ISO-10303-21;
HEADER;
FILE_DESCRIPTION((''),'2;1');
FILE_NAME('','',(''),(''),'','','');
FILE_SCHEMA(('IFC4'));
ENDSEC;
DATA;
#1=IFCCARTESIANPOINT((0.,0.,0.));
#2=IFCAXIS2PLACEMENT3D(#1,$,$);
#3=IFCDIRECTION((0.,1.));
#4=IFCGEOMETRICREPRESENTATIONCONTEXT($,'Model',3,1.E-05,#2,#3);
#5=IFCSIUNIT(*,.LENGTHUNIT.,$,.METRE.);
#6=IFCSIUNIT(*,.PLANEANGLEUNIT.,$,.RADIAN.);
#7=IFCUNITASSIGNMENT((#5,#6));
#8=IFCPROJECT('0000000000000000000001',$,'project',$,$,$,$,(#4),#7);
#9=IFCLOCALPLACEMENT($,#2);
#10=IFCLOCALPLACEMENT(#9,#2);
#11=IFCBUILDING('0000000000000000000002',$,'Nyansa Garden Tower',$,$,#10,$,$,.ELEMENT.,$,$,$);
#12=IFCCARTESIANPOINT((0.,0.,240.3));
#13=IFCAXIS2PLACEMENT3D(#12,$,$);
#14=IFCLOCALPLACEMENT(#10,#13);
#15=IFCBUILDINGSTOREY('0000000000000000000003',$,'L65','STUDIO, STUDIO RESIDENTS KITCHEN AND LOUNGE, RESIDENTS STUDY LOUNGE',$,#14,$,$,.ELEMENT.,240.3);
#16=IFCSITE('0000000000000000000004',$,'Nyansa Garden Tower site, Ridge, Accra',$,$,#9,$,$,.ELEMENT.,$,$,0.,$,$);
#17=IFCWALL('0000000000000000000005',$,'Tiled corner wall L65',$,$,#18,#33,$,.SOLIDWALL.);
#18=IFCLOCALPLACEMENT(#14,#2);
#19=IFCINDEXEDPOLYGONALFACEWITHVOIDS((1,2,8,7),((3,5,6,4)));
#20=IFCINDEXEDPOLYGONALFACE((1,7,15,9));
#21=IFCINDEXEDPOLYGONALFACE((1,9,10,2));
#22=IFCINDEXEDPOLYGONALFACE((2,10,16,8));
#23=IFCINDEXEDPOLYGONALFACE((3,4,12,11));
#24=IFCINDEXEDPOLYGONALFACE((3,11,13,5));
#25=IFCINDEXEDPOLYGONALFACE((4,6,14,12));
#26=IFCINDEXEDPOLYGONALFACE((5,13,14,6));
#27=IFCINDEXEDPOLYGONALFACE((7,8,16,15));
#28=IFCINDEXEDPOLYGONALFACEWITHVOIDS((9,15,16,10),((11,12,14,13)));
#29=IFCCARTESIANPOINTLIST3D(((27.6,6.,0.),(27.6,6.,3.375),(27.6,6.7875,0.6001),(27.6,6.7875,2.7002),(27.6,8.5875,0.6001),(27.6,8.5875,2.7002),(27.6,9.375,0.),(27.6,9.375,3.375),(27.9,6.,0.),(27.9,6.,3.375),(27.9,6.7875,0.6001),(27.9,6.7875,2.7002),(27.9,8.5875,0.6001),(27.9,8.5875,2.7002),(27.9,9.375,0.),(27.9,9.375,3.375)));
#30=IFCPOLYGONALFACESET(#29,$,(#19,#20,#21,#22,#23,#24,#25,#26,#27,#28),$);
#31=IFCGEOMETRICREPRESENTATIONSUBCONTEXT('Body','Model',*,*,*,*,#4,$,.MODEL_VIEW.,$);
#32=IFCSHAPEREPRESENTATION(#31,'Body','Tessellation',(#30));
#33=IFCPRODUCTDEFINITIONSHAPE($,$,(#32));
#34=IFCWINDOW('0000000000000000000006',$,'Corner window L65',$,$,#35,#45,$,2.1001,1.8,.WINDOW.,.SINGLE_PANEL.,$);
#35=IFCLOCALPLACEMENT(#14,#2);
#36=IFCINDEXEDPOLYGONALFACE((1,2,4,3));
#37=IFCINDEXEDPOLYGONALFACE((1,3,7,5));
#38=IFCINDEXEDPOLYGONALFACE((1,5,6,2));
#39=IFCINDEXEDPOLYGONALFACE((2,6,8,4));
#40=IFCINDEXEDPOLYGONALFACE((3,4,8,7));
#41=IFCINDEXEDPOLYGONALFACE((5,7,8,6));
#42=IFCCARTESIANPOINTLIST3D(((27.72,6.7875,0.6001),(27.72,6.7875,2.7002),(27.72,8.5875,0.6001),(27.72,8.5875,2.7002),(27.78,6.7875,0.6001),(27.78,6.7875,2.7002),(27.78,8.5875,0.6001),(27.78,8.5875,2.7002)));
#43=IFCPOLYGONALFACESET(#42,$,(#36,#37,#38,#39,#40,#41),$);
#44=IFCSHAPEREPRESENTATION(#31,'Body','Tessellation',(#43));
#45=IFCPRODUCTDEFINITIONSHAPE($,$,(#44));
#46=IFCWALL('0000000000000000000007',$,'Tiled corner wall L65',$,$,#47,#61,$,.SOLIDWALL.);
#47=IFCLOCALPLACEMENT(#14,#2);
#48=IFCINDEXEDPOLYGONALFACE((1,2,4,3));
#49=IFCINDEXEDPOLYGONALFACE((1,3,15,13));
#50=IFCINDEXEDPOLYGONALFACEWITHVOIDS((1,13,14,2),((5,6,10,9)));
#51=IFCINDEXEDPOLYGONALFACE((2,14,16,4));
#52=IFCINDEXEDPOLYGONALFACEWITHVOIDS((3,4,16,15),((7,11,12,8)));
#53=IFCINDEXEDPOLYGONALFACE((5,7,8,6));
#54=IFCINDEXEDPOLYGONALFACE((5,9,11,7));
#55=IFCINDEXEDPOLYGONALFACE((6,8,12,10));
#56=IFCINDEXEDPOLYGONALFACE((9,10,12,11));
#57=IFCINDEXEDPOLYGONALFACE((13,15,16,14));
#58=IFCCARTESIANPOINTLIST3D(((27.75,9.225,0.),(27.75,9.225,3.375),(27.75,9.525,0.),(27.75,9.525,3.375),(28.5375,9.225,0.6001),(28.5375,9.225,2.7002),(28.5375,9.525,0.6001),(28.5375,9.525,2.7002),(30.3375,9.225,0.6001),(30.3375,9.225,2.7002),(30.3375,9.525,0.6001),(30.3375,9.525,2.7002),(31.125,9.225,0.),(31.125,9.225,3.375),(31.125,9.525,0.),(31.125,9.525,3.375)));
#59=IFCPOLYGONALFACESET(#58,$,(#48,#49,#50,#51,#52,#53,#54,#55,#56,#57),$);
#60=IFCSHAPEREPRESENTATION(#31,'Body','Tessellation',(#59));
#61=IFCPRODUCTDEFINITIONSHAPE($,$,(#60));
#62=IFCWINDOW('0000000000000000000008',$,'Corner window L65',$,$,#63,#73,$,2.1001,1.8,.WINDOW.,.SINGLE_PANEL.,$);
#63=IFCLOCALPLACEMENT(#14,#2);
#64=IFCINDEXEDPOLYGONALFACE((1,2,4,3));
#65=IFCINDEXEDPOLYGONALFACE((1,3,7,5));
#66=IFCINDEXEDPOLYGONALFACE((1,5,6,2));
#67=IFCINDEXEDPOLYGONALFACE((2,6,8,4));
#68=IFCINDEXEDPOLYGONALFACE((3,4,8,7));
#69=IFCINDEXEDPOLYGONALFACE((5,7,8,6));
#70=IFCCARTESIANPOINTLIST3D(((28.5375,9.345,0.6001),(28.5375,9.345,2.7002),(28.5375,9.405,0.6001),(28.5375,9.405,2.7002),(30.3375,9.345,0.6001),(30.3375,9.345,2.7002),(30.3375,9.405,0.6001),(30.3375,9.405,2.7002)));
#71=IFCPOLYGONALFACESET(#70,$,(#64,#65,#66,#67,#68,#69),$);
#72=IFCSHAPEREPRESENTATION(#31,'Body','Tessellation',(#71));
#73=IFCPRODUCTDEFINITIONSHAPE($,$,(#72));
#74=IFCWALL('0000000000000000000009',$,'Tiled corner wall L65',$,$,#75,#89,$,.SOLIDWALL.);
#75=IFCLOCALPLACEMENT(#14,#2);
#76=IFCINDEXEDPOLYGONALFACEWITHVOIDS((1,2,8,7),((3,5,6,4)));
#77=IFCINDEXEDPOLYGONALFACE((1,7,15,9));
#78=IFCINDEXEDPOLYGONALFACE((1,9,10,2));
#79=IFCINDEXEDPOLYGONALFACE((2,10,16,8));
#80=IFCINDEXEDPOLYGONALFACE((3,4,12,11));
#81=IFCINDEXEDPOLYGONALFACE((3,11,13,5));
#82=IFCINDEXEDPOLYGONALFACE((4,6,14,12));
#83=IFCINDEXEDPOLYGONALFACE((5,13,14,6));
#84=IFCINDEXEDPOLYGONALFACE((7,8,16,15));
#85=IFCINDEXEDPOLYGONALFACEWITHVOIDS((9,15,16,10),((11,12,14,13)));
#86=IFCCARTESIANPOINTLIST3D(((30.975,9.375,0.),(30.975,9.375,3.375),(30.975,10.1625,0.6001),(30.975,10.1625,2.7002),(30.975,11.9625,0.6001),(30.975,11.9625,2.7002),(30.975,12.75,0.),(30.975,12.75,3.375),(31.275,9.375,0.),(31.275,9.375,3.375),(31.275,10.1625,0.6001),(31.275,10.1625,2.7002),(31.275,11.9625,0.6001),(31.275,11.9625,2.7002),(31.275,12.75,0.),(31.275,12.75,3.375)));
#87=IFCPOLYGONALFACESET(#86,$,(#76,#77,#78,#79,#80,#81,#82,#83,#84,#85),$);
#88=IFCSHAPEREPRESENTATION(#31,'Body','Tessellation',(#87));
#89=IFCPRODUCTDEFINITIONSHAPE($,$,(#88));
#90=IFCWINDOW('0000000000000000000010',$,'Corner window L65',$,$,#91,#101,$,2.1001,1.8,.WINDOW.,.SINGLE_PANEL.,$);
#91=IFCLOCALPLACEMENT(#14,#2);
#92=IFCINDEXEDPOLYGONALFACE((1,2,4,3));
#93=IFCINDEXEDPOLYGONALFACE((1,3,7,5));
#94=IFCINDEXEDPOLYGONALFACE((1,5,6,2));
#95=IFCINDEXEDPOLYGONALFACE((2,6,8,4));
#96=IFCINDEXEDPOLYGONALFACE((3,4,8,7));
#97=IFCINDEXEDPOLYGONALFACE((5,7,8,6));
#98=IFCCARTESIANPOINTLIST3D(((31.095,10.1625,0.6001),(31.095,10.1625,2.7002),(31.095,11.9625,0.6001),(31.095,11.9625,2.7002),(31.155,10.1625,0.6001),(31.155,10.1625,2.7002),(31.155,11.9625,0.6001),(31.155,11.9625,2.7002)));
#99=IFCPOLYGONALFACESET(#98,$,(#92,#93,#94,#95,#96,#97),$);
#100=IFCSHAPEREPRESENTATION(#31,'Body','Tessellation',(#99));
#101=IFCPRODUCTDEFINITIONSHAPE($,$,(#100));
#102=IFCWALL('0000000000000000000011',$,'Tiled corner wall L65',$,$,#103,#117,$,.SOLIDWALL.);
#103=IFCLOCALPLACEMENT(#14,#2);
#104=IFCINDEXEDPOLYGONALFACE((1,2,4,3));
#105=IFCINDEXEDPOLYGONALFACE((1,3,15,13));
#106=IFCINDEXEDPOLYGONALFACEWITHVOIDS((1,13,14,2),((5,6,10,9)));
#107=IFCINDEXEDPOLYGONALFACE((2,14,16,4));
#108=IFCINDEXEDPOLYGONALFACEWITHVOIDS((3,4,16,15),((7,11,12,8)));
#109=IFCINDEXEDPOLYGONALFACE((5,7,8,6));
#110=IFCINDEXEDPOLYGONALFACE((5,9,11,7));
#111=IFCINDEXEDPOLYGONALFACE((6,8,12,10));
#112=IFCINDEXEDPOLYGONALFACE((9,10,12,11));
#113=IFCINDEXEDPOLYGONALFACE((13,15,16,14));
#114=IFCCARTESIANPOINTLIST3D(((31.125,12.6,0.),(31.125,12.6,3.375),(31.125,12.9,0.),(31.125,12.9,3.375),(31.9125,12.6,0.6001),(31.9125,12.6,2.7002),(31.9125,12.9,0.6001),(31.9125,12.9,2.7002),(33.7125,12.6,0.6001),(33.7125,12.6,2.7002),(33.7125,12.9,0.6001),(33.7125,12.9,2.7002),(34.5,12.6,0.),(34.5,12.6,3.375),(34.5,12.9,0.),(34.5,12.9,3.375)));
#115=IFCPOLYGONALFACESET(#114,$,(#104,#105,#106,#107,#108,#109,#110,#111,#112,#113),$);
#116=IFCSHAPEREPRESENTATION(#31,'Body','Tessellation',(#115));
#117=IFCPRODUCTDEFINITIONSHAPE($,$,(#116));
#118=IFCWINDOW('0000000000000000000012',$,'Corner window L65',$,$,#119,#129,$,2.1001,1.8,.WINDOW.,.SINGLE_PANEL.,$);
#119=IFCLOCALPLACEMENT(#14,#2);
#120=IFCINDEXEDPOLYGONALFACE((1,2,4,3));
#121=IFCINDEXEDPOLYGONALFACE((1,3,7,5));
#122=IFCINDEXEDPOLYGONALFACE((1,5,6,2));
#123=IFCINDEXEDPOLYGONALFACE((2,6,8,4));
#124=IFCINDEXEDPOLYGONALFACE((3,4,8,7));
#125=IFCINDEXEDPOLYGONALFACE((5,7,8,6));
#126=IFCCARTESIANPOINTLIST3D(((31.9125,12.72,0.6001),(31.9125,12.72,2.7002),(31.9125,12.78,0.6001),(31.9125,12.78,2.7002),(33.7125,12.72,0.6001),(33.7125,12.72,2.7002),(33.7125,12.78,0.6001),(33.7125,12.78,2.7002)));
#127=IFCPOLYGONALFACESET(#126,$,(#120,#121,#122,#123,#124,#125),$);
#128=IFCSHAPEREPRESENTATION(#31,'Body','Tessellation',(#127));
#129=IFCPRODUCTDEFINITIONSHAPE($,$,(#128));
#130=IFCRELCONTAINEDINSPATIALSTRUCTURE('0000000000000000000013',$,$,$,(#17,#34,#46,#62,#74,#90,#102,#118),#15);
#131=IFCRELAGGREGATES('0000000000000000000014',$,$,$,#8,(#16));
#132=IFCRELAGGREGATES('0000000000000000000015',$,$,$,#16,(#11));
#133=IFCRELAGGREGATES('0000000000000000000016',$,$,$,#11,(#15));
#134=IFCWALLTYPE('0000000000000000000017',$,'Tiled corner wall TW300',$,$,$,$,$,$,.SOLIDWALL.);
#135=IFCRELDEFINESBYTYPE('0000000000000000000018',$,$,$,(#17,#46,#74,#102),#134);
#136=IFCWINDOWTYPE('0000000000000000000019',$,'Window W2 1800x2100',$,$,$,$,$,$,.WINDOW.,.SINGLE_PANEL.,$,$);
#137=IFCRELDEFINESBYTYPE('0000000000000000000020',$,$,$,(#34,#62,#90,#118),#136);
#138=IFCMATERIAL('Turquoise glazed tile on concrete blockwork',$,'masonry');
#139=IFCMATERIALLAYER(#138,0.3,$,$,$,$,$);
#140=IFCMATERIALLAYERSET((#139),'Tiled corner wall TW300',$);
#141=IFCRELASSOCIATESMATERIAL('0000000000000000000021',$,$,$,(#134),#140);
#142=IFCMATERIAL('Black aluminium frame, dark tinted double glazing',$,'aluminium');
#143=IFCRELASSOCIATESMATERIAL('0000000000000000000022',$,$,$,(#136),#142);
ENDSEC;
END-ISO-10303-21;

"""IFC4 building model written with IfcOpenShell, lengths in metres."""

from ifc_helpers import new_model, si_unit, direction, frame, frame_2d, origin, place, context, subcontext, project, spatial, rectangle, extrude, material, layer, layer_set, type_object, element, fill, save


model = new_model("IFC4")

# Units and contexts
model_context = context("Model", 3, precision=1e-05, world=origin(), true_north=direction((0.0, 1.0)))
body_context = subcontext(model_context, "Body", "Model", "MODEL_VIEW")
ifc_project = project(units=[si_unit("LENGTHUNIT", "METRE"), si_unit("PLANEANGLEUNIT", "RADIAN")], contexts=[model_context])

# Site, building, storey
site_placement = place(None, origin())
site = spatial("IfcSite", under=ifc_project, at=site_placement, Name="Nyansa Garden Tower site, Ridge, Accra", CompositionType="ELEMENT", RefElevation=0.0)
building_placement = place(site_placement, origin())
building = spatial("IfcBuilding", under=site, at=building_placement, Name="Nyansa Garden Tower", CompositionType="ELEMENT")
storey_placement = place(building_placement, frame((0.0, 0.0, 240.3)))
storey = spatial("IfcBuildingStorey", under=building, at=storey_placement, Name="L65", Description="STUDIO, STUDIO RESIDENTS KITCHEN AND LOUNGE, RESIDENTS STUDY LOUNGE", CompositionType="ELEMENT", Elevation=240.3)

# Walls, openings, windows
ifc_material_1 = material(Name="Turquoise glazed tile on concrete blockwork", Category="masonry")
ifc_layer_1 = layer(ifc_material_1, 0.3)
ifc_layer_set_1 = layer_set([ifc_layer_1], Name="Tiled corner wall TW300")
wall_type_1 = type_object("IfcWallType", Name="Tiled corner wall TW300", PredefinedType="SOLIDWALL", material=ifc_layer_set_1)
wall_1_placement = place(storey_placement, frame((27.75, 6.0, 0.0), z_axis=(0.0, 0.0, 1.0), x_axis=(0.0, 1.0, 0.0)))
wall_1 = element("IfcWall", 1, at=wall_1_placement, inside=storey, type_object=wall_type_1, Name="Tiled corner wall L65", PredefinedType="SOLIDWALL", context=body_context, shape_type="SweptSolid", body=[
    extrude(rectangle(XDim=3.375, YDim=0.3, at=frame_2d((1.6875, 0.0))), origin(), (0.0, 0.0, 1.0), 3.375),
])
opening_1_placement = place(wall_1_placement, frame((0.7876, 0.0, 0.6001)))
opening_1 = element("IfcOpeningElement", 2, at=opening_1_placement, cuts=wall_1, PredefinedType="OPENING", context=body_context, shape_type="SweptSolid", body=[
    extrude(rectangle(XDim=1.8, YDim=2.1001, at=frame_2d((0.8999, 1.05))), frame((0.0, 0.1599, 0.0), z_axis=(0.0, -1.0, 0.0), x_axis=(1.0, 0.0, 0.0)), (0.0, 0.0, 1.0), 0.3201),
])
ifc_material_2 = material(Name="Black aluminium frame, dark tinted double glazing", Category="aluminium")
window_type = type_object("IfcWindowType", Name="Window W2 1800x2100", PartitioningType="SINGLE_PANEL", PredefinedType="WINDOW", material=ifc_material_2)
window_1_placement = place(opening_1_placement, origin())
window_1 = element("IfcWindow", 3, at=window_1_placement, inside=storey, type_object=window_type, Name="Corner window L65", OverallHeight=2.1001, OverallWidth=1.8, PartitioningType="SINGLE_PANEL", PredefinedType="WINDOW", context=body_context, shape_type="SweptSolid", body=[
    extrude(rectangle(XDim=1.8, YDim=2.1001, at=frame_2d((0.8999, 1.05))), frame((0.0, 0.03, 0.0), z_axis=(0.0, -1.0, 0.0), x_axis=(1.0, 0.0, 0.0)), (0.0, 0.0, 1.0), 0.0601),
])
fill(opening_1, window_1)
wall_2_placement = place(storey_placement, frame((27.75, 9.375, 0.0), z_axis=(0.0, 0.0, 1.0), x_axis=(1.0, 0.0, 0.0)))
wall_2 = element("IfcWall", 4, at=wall_2_placement, inside=storey, type_object=wall_type_1, Name="Tiled corner wall L65", PredefinedType="SOLIDWALL", context=body_context, shape_type="SweptSolid", body=[
    extrude(rectangle(XDim=3.375, YDim=0.3, at=frame_2d((1.6875, 0.0))), origin(), (0.0, 0.0, 1.0), 3.375),
])
opening_2_placement = place(wall_2_placement, frame((0.7876, 0.0, 0.6001)))
opening_2 = element("IfcOpeningElement", 5, at=opening_2_placement, cuts=wall_2, PredefinedType="OPENING", context=body_context, shape_type="SweptSolid", body=[
    extrude(rectangle(XDim=1.8, YDim=2.1001, at=frame_2d((0.8999, 1.05))), frame((0.0, 0.1599, 0.0), z_axis=(0.0, -1.0, 0.0), x_axis=(1.0, 0.0, 0.0)), (0.0, 0.0, 1.0), 0.3201),
])
window_2_placement = place(opening_2_placement, origin())
window_2 = element("IfcWindow", 6, at=window_2_placement, inside=storey, type_object=window_type, Name="Corner window L65", OverallHeight=2.1001, OverallWidth=1.8, PartitioningType="SINGLE_PANEL", PredefinedType="WINDOW", context=body_context, shape_type="SweptSolid", body=[
    extrude(rectangle(XDim=1.8, YDim=2.1001, at=frame_2d((0.8999, 1.05))), frame((0.0, 0.03, 0.0), z_axis=(0.0, -1.0, 0.0), x_axis=(1.0, 0.0, 0.0)), (0.0, 0.0, 1.0), 0.0601),
])
fill(opening_2, window_2)
wall_3_placement = place(storey_placement, frame((31.125, 9.375, 0.0), z_axis=(0.0, 0.0, 1.0), x_axis=(0.0, 1.0, 0.0)))
wall_3 = element("IfcWall", 7, at=wall_3_placement, inside=storey, type_object=wall_type_1, Name="Tiled corner wall L65", PredefinedType="SOLIDWALL", context=body_context, shape_type="SweptSolid", body=[
    extrude(rectangle(XDim=3.375, YDim=0.3, at=frame_2d((1.6875, 0.0))), origin(), (0.0, 0.0, 1.0), 3.375),
])
opening_3_placement = place(wall_3_placement, frame((0.7876, 0.0, 0.6001)))
opening_3 = element("IfcOpeningElement", 8, at=opening_3_placement, cuts=wall_3, PredefinedType="OPENING", context=body_context, shape_type="SweptSolid", body=[
    extrude(rectangle(XDim=1.8, YDim=2.1001, at=frame_2d((0.8999, 1.05))), frame((0.0, 0.1599, 0.0), z_axis=(0.0, -1.0, 0.0), x_axis=(1.0, 0.0, 0.0)), (0.0, 0.0, 1.0), 0.3201),
])
window_3_placement = place(opening_3_placement, origin())
window_3 = element("IfcWindow", 9, at=window_3_placement, inside=storey, type_object=window_type, Name="Corner window L65", OverallHeight=2.1001, OverallWidth=1.8, PartitioningType="SINGLE_PANEL", PredefinedType="WINDOW", context=body_context, shape_type="SweptSolid", body=[
    extrude(rectangle(XDim=1.8, YDim=2.1001, at=frame_2d((0.8999, 1.05))), frame((0.0, 0.03, 0.0), z_axis=(0.0, -1.0, 0.0), x_axis=(1.0, 0.0, 0.0)), (0.0, 0.0, 1.0), 0.0601),
])
fill(opening_3, window_3)
wall_4_placement = place(storey_placement, frame((31.125, 12.75, 0.0), z_axis=(0.0, 0.0, 1.0), x_axis=(1.0, 0.0, 0.0)))
wall_4 = element("IfcWall", 10, at=wall_4_placement, inside=storey, type_object=wall_type_1, Name="Tiled corner wall L65", PredefinedType="SOLIDWALL", context=body_context, shape_type="SweptSolid", body=[
    extrude(rectangle(XDim=3.375, YDim=0.3, at=frame_2d((1.6875, 0.0))), origin(), (0.0, 0.0, 1.0), 3.375),
])
opening_4_placement = place(wall_4_placement, frame((0.7876, 0.0, 0.6001)))
opening_4 = element("IfcOpeningElement", 11, at=opening_4_placement, cuts=wall_4, PredefinedType="OPENING", context=body_context, shape_type="SweptSolid", body=[
    extrude(rectangle(XDim=1.8, YDim=2.1001, at=frame_2d((0.8999, 1.05))), frame((0.0, 0.1599, 0.0), z_axis=(0.0, -1.0, 0.0), x_axis=(1.0, 0.0, 0.0)), (0.0, 0.0, 1.0), 0.3201),
])
window_4_placement = place(opening_4_placement, origin())
window_4 = element("IfcWindow", 12, at=window_4_placement, inside=storey, type_object=window_type, Name="Corner window L65", OverallHeight=2.1001, OverallWidth=1.8, PartitioningType="SINGLE_PANEL", PredefinedType="WINDOW", context=body_context, shape_type="SweptSolid", body=[
    extrude(rectangle(XDim=1.8, YDim=2.1001, at=frame_2d((0.8999, 1.05))), frame((0.0, 0.03, 0.0), z_axis=(0.0, -1.0, 0.0), x_axis=(1.0, 0.0, 0.0)), (0.0, 0.0, 1.0), 0.0601),
])
fill(opening_4, window_4)

save(model, "model.ifc")
